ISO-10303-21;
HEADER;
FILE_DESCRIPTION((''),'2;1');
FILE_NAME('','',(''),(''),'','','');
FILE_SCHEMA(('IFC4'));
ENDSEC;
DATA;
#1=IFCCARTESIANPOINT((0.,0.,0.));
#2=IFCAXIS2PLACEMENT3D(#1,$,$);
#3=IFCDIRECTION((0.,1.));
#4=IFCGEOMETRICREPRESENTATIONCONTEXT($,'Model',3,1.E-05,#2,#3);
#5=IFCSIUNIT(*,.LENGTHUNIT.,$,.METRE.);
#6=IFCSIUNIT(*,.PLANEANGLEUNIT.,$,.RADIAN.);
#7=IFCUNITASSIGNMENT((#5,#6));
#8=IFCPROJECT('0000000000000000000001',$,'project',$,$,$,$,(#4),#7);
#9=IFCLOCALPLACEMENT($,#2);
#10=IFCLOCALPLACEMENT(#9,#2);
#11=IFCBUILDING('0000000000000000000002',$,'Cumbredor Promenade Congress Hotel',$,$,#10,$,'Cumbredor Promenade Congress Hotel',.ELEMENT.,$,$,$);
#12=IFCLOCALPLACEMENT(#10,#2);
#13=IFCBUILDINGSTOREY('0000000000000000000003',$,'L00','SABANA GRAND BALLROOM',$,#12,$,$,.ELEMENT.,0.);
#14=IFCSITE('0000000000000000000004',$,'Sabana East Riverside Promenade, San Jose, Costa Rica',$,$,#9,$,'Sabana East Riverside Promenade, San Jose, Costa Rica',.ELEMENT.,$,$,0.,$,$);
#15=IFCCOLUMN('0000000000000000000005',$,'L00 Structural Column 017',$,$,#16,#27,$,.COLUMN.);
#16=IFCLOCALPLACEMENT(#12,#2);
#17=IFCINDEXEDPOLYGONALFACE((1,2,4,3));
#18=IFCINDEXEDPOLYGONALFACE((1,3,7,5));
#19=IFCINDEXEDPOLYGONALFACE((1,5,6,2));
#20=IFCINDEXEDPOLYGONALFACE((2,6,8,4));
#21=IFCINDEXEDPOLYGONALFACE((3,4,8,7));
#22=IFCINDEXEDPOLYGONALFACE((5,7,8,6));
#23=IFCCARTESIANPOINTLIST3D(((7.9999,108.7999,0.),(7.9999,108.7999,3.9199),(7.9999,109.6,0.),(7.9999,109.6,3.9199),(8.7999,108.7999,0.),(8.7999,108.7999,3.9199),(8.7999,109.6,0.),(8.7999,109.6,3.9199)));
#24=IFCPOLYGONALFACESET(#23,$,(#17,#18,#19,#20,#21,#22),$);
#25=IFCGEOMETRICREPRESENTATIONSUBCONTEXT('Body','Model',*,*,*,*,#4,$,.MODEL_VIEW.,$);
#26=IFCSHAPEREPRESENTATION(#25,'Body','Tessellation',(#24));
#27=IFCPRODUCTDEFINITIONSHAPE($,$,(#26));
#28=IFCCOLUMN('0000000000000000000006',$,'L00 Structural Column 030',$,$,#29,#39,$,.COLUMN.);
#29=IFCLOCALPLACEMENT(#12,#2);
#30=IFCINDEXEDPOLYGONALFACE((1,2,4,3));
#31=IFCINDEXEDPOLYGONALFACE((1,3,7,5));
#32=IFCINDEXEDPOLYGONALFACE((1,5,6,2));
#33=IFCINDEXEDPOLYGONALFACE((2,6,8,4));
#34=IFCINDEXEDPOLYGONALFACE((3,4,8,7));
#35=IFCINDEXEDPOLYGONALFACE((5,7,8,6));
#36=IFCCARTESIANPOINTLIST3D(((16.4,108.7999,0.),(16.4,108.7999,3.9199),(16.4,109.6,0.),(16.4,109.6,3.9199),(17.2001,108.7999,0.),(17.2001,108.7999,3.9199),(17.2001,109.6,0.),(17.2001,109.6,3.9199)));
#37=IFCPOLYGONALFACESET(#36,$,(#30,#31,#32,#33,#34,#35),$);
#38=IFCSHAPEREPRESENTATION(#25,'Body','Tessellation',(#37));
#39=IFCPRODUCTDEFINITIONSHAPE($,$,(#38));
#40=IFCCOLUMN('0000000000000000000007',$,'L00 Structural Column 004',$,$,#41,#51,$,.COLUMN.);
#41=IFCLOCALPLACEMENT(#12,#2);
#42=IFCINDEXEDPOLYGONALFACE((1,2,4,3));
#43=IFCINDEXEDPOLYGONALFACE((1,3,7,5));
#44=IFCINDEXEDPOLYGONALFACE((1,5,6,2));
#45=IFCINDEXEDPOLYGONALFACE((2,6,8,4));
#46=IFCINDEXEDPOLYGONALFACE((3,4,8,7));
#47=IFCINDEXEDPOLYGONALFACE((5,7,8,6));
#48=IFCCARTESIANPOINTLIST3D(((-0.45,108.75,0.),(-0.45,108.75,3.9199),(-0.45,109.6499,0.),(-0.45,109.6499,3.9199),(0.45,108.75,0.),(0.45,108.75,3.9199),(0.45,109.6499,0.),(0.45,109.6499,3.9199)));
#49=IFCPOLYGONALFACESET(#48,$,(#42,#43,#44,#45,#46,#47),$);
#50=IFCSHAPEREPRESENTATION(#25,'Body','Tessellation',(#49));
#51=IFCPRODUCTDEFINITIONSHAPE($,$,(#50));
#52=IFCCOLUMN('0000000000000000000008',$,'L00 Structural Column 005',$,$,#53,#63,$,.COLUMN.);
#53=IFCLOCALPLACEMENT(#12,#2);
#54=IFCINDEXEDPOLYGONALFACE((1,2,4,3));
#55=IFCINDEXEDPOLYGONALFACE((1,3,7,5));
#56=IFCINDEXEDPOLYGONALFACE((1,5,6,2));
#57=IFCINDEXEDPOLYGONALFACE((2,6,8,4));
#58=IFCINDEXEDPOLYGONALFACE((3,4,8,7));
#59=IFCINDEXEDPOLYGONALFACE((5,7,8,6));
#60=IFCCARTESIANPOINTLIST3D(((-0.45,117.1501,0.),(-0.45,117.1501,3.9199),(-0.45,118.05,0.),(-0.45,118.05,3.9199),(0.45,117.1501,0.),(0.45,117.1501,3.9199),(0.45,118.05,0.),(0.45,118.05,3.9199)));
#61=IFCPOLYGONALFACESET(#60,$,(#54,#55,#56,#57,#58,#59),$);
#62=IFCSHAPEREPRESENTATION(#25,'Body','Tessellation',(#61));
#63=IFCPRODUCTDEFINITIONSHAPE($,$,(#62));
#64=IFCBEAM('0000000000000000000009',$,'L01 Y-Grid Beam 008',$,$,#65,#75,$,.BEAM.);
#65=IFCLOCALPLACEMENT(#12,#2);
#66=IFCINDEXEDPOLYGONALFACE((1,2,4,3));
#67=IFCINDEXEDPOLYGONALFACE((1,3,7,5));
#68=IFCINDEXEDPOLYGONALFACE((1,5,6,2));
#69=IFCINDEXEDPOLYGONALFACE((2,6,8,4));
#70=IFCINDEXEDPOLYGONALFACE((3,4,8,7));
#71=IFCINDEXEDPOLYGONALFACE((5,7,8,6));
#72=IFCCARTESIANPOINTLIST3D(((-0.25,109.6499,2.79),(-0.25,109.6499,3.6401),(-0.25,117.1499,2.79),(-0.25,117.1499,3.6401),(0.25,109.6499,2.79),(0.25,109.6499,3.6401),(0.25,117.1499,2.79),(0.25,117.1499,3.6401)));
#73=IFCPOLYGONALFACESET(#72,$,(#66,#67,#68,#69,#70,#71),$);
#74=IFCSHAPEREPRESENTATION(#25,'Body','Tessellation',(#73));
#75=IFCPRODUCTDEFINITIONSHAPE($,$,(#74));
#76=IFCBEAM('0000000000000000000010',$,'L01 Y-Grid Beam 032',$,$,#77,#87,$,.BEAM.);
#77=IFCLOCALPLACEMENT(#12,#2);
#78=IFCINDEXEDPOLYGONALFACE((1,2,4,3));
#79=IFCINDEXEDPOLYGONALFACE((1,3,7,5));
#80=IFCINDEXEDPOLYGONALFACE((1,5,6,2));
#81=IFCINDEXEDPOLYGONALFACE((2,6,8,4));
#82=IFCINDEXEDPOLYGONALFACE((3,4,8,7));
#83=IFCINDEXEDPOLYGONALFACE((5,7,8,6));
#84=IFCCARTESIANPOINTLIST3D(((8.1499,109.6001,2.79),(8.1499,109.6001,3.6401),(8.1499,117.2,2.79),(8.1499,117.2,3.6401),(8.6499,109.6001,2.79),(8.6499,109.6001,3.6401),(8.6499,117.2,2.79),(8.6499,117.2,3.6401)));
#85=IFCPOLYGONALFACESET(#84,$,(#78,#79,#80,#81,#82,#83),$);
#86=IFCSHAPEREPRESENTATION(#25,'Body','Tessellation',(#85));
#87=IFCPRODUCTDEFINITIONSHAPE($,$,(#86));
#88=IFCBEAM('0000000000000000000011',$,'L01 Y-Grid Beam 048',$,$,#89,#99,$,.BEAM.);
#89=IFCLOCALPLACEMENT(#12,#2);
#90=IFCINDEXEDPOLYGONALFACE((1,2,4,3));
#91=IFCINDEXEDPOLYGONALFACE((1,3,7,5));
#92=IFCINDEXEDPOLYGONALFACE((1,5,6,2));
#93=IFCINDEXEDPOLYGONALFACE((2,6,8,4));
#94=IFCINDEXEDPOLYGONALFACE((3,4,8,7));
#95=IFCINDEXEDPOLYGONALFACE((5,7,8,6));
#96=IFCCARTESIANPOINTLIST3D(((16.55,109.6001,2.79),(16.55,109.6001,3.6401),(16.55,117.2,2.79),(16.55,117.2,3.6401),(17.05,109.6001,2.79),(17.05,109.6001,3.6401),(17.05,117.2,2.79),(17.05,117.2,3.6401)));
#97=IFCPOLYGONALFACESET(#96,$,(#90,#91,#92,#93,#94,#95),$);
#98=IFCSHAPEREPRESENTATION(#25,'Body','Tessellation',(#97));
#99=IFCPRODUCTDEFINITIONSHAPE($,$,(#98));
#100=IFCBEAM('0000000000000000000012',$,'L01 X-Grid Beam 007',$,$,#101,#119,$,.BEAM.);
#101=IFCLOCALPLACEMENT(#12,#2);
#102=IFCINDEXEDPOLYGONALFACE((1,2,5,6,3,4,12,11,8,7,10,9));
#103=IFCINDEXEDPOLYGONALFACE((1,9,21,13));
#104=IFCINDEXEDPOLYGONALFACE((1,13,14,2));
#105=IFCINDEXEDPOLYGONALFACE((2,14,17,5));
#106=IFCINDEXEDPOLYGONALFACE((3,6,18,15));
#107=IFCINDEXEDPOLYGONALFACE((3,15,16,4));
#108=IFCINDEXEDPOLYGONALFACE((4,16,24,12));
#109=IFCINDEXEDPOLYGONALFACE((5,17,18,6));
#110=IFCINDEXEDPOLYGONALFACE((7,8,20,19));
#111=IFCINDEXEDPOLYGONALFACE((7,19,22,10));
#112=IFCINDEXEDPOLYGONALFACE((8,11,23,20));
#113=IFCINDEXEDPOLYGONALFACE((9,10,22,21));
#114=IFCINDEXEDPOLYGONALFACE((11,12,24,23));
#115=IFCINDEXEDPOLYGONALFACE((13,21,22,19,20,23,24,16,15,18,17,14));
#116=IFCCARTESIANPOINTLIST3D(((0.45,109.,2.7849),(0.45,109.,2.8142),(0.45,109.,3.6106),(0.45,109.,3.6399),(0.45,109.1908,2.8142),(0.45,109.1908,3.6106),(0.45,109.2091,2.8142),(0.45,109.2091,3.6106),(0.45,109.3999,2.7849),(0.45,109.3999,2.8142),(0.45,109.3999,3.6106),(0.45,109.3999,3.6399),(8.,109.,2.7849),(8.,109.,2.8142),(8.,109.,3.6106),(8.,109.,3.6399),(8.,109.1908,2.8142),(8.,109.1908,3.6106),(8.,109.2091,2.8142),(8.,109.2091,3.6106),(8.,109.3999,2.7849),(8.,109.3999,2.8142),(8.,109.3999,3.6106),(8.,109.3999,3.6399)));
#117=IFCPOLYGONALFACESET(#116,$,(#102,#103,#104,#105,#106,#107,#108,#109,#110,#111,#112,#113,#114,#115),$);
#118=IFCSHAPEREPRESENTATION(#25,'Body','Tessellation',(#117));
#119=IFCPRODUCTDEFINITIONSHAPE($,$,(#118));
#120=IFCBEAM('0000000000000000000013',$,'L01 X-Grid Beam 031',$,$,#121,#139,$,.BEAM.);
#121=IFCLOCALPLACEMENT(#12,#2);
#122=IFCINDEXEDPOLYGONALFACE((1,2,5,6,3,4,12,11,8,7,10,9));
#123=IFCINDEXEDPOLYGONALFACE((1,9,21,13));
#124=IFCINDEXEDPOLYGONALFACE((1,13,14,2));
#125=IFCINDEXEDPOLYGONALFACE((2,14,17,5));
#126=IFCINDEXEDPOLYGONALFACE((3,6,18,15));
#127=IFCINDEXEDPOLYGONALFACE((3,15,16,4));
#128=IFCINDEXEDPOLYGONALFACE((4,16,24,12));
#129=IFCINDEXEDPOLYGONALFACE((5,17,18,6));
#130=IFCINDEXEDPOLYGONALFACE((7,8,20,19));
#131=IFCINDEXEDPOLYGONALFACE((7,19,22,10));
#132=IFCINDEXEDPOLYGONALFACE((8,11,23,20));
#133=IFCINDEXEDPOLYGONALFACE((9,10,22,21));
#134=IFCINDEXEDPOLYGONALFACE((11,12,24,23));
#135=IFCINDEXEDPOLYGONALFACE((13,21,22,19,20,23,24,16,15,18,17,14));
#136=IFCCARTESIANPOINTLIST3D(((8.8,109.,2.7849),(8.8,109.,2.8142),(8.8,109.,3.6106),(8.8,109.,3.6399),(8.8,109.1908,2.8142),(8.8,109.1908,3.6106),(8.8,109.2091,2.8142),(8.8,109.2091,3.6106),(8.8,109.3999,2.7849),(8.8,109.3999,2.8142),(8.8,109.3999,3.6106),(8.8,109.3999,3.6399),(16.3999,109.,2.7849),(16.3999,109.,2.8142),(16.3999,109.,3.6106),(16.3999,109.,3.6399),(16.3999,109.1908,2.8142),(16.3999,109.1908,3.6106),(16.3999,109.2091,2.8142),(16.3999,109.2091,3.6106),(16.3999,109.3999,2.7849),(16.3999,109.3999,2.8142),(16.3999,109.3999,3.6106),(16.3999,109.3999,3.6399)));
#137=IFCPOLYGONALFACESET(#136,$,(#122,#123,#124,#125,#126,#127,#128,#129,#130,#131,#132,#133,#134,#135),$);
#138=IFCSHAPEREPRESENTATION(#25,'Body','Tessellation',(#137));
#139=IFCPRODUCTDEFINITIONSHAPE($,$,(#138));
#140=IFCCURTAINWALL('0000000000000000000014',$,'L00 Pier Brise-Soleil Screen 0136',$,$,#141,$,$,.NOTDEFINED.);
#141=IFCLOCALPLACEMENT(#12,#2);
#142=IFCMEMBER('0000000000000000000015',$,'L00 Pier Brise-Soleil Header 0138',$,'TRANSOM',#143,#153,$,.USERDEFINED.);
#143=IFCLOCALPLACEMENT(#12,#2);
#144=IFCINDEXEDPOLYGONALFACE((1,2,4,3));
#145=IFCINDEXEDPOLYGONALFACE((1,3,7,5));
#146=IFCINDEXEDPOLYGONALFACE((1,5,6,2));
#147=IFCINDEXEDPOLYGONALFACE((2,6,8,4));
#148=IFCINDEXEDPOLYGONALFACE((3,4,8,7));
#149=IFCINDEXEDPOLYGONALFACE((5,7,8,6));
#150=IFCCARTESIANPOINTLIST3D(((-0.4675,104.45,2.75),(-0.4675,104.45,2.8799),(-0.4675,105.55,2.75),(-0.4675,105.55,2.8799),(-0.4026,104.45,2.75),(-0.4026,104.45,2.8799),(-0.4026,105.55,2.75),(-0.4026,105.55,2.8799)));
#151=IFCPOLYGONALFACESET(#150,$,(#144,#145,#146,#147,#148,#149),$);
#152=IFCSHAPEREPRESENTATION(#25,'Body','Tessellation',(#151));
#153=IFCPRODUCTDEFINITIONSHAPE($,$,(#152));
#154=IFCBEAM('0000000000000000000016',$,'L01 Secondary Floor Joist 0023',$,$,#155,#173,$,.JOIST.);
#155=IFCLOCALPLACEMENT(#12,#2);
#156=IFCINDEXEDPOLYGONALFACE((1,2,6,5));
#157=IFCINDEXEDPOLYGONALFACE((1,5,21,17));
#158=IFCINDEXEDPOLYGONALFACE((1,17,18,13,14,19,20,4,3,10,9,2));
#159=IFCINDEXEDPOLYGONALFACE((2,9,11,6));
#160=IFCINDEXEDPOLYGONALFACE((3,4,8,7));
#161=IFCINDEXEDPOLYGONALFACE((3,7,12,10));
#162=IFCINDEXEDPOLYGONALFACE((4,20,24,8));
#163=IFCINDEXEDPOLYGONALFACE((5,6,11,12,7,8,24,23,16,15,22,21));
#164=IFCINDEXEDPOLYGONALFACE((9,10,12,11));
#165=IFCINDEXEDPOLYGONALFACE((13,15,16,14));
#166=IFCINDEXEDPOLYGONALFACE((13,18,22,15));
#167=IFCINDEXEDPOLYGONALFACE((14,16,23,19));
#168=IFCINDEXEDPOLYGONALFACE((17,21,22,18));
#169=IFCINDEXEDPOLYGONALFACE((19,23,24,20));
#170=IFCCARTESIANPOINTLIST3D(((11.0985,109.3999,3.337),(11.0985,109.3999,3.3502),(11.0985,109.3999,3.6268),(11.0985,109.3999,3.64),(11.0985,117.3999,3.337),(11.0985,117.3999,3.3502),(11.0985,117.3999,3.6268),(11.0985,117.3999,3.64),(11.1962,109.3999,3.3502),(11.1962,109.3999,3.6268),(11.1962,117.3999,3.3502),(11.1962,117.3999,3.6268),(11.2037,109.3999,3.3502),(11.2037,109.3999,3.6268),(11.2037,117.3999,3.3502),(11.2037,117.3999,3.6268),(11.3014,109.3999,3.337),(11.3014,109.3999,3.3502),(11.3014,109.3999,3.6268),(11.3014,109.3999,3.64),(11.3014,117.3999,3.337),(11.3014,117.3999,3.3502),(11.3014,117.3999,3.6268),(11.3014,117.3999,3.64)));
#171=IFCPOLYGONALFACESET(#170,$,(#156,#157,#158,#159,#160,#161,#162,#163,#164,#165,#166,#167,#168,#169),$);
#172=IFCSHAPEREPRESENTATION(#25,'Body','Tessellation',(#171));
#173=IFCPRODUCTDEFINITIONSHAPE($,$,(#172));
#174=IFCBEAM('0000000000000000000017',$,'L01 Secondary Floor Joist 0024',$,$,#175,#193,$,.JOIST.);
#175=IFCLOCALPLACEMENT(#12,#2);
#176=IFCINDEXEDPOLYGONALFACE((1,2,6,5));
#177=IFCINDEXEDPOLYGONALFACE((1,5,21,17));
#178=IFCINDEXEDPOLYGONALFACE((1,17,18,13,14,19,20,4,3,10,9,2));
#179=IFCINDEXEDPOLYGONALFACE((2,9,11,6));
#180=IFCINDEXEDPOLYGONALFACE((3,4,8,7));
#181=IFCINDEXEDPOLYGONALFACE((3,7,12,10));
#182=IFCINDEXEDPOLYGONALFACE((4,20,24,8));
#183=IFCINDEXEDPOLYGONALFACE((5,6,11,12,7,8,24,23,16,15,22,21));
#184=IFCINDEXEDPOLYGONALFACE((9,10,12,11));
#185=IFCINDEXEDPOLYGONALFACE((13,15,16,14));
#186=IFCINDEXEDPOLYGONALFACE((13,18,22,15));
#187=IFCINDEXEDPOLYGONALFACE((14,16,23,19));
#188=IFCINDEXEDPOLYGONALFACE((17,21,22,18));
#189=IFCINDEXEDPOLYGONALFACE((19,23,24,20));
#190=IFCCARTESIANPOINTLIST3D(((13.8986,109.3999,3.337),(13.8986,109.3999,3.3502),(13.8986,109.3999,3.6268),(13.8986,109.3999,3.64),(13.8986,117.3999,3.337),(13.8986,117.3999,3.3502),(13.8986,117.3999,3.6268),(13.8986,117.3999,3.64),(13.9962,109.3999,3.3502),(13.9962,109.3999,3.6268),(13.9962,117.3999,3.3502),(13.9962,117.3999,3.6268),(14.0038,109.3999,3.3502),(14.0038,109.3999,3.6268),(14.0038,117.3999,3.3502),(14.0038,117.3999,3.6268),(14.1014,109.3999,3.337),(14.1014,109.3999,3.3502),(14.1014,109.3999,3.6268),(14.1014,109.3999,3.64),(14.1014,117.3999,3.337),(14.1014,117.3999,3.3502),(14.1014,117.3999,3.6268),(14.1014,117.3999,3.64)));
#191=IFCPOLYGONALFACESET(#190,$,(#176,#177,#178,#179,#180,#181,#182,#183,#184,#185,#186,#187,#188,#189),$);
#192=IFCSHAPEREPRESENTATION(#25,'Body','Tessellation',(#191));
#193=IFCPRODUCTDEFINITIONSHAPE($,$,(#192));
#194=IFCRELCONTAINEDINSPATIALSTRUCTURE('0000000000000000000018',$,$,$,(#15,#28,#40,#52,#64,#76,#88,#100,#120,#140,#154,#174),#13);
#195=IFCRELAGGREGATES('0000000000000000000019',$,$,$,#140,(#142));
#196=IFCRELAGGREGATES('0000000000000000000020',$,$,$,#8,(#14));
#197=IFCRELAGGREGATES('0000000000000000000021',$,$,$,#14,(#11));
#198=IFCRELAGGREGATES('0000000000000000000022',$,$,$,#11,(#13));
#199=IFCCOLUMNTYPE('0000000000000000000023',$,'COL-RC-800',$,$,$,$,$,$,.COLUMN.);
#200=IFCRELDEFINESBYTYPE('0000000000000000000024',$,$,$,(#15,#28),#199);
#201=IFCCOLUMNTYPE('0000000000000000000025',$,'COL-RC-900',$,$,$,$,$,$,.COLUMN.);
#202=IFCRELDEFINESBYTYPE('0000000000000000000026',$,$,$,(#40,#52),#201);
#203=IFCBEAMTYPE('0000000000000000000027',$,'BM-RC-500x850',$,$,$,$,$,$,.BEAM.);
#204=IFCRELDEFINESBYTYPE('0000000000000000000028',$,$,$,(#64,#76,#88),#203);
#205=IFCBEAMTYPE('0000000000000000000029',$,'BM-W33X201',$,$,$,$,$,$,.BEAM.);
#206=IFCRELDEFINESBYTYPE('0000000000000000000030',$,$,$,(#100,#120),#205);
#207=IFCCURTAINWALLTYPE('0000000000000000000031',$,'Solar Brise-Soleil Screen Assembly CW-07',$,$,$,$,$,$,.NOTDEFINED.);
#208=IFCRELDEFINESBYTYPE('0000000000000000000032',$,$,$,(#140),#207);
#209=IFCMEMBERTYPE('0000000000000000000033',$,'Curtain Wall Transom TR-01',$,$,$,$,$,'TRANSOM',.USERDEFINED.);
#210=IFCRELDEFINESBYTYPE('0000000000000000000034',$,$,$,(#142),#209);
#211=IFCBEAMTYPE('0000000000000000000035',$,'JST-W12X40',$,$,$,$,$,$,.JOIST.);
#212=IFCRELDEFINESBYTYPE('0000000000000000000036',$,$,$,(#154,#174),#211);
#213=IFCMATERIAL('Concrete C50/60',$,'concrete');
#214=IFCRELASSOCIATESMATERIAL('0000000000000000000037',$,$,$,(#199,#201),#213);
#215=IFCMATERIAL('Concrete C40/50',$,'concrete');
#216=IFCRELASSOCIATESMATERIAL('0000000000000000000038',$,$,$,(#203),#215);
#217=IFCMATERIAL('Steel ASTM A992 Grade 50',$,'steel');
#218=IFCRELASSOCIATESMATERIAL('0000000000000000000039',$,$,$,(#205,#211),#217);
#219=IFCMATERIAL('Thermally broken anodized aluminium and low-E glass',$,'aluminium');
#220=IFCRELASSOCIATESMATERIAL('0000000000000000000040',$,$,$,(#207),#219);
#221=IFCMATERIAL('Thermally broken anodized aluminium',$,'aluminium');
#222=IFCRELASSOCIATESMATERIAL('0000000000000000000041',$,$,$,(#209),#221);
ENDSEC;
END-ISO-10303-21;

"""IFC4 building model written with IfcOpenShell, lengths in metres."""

from ifc_helpers import new_model, si_unit, direction, frame, origin, origin_2d, place, context, subcontext, project, spatial, rectangle, i_section, extrude, material, material_profile, profile_set, type_object, element, aggregate, save


model = new_model("IFC4")

# Units and contexts
model_context = context("Model", 3, precision=1e-05, world=origin(), true_north=direction((0.0, 1.0)))
body_context = subcontext(model_context, "Body", "Model", "MODEL_VIEW")
ifc_project = project(units=[si_unit("LENGTHUNIT", "METRE"), si_unit("PLANEANGLEUNIT", "RADIAN")], contexts=[model_context])

# Site, building, storey
site_placement = place(None, origin())
site = spatial("IfcSite", under=ifc_project, at=site_placement, Name="Sabana East Riverside Promenade, San Jose, Costa Rica", LongName="Sabana East Riverside Promenade, San Jose, Costa Rica", CompositionType="ELEMENT", RefElevation=0.0)
building_placement = place(site_placement, origin())
building = spatial("IfcBuilding", under=site, at=building_placement, Name="Cumbredor Promenade Congress Hotel", LongName="Cumbredor Promenade Congress Hotel", CompositionType="ELEMENT")
storey_placement = place(building_placement, origin())
storey = spatial("IfcBuildingStorey", under=building, at=storey_placement, Name="L00", Description="SABANA GRAND BALLROOM", CompositionType="ELEMENT", Elevation=0.0)

# Columns
ifc_material_1 = material(Name="Concrete C50/60", Category="concrete")
ifc_material_profile_1 = material_profile(ifc_material_1, rectangle(XDim=0.8, YDim=0.8, at=origin_2d()), Name="RC 800x800")
ifc_profile_set_1 = profile_set([ifc_material_profile_1], Name="Concrete C50/60")
column_type_1 = type_object("IfcColumnType", Name="COL-RC-800", PredefinedType="COLUMN", material=ifc_profile_set_1)
for number, where, z_axis, x_axis, name in (
    (1, (8.3999, 109.2, 0.0), (0.0, 0.0, 1.0), (1.0, 0.0, 0.0), "L00 Structural Column 017"),
    (2, (16.8, 109.2, 0.0), (0.0, 0.0, 1.0), (1.0, 0.0, 0.0), "L00 Structural Column 030"),
):
    element("IfcColumn", number, at=place(storey_placement, frame(where, z_axis=z_axis, x_axis=x_axis)), inside=storey, type_object=column_type_1, Name=name, PredefinedType="COLUMN", context=body_context, shape_type="SweptSolid", body=[
        extrude(rectangle(XDim=0.8, YDim=0.8, at=origin_2d()), origin(), (0.0, 0.0, 1.0), 3.9199),
    ])
ifc_material_profile_2 = material_profile(ifc_material_1, rectangle(XDim=0.8999, YDim=0.8999, at=origin_2d()), Name="RC 900x900")
ifc_profile_set_2 = profile_set([ifc_material_profile_2], Name="Concrete C50/60")
column_type_2 = type_object("IfcColumnType", Name="COL-RC-900", PredefinedType="COLUMN", material=ifc_profile_set_2)
for number, where, z_axis, x_axis, name in (
    (3, (0.0, 109.2, 0.0), (0.0, 0.0, 1.0), (1.0, 0.0, 0.0), "L00 Structural Column 004"),
    (4, (0.0, 117.6001, 0.0), (0.0, 0.0, 1.0), (1.0, 0.0, 0.0), "L00 Structural Column 005"),
):
    element("IfcColumn", number, at=place(storey_placement, frame(where, z_axis=z_axis, x_axis=x_axis)), inside=storey, type_object=column_type_2, Name=name, PredefinedType="COLUMN", context=body_context, shape_type="SweptSolid", body=[
        extrude(rectangle(XDim=0.8999, YDim=0.8999, at=origin_2d()), origin(), (0.0, 0.0, 1.0), 3.9199),
    ])

# Beams
ifc_material_2 = material(Name="Concrete C40/50", Category="concrete")
ifc_material_profile_3 = material_profile(ifc_material_2, rectangle(XDim=0.5, YDim=0.8501, at=origin_2d()), Name="RC BEAM 500x850")
ifc_profile_set_3 = profile_set([ifc_material_profile_3], Name="Concrete C40/50")
beam_type_1 = type_object("IfcBeamType", Name="BM-RC-500x850", PredefinedType="BEAM", material=ifc_profile_set_3)
beam_1_placement = place(storey_placement, frame((0.0, 109.6499, 3.2151), z_axis=(0.0, 1.0, 0.0), x_axis=(-1.0, 0.0, 0.0)))
element("IfcBeam", 5, at=beam_1_placement, inside=storey, type_object=beam_type_1, Name="L01 Y-Grid Beam 008", PredefinedType="BEAM", context=body_context, shape_type="SweptSolid", body=[
    extrude(rectangle(XDim=0.5, YDim=0.8501, at=origin_2d()), origin(), (0.0, 0.0, 1.0), 7.5),
])
for number, where, z_axis, x_axis, name in (
    (6, (8.3999, 109.6001, 3.2151), (0.0, 1.0, 0.0), (-1.0, 0.0, 0.0), "L01 Y-Grid Beam 032"),
    (7, (16.8, 109.6001, 3.2151), (0.0, 1.0, 0.0), (-1.0, 0.0, 0.0), "L01 Y-Grid Beam 048"),
):
    element("IfcBeam", number, at=place(storey_placement, frame(where, z_axis=z_axis, x_axis=x_axis)), inside=storey, type_object=beam_type_1, Name=name, PredefinedType="BEAM", context=body_context, shape_type="SweptSolid", body=[
        extrude(rectangle(XDim=0.5, YDim=0.8501, at=origin_2d()), origin(), (0.0, 0.0, 1.0), 7.5999),
    ])
ifc_material_3 = material(Name="Steel ASTM A992 Grade 50", Category="steel")
ifc_material_profile_4 = material_profile(ifc_material_3, i_section(OverallWidth=0.3999, OverallDepth=0.855, WebThickness=0.0183, FlangeThickness=0.0293, at=origin_2d()), Name="W33X201")
ifc_profile_set_4 = profile_set([ifc_material_profile_4], Name="Steel ASTM A992 Grade 50")
beam_type_2 = type_object("IfcBeamType", Name="BM-W33X201", PredefinedType="BEAM", material=ifc_profile_set_4)
beam_2_placement = place(storey_placement, frame((0.45, 109.2, 3.2124), z_axis=(1.0, 0.0, 0.0), x_axis=(0.0, 1.0, 0.0)))
element("IfcBeam", 8, at=beam_2_placement, inside=storey, type_object=beam_type_2, Name="L01 X-Grid Beam 007", PredefinedType="BEAM", context=body_context, shape_type="SweptSolid", body=[
    extrude(i_section(OverallWidth=0.3999, OverallDepth=0.855, WebThickness=0.0183, FlangeThickness=0.0293, at=origin_2d()), origin(), (0.0, 0.0, 1.0), 7.55),
])
beam_3_placement = place(storey_placement, frame((8.8, 109.2, 3.2124), z_axis=(1.0, 0.0, 0.0), x_axis=(0.0, 1.0, 0.0)))
element("IfcBeam", 9, at=beam_3_placement, inside=storey, type_object=beam_type_2, Name="L01 X-Grid Beam 031", PredefinedType="BEAM", context=body_context, shape_type="SweptSolid", body=[
    extrude(i_section(OverallWidth=0.3999, OverallDepth=0.855, WebThickness=0.0183, FlangeThickness=0.0293, at=origin_2d()), origin(), (0.0, 0.0, 1.0), 7.5999),
])

# Curtain wall, member
ifc_material_4 = material(Name="Thermally broken anodized aluminium and low-E glass", Category="aluminium")
curtain_wall_type = type_object("IfcCurtainWallType", Name="Solar Brise-Soleil Screen Assembly CW-07", PredefinedType="NOTDEFINED", material=ifc_material_4)
curtain_wall_placement = place(storey_placement, origin())
curtain_wall = element("IfcCurtainWall", 10, at=curtain_wall_placement, inside=storey, type_object=curtain_wall_type, Name="L00 Pier Brise-Soleil Screen 0136", PredefinedType="NOTDEFINED")
ifc_material_5 = material(Name="Thermally broken anodized aluminium", Category="aluminium")
ifc_material_profile_5 = material_profile(ifc_material_5, rectangle(XDim=0.0649, YDim=0.1299, at=origin_2d()), Name="ALU TRANSOM 65x130")
ifc_profile_set_5 = profile_set([ifc_material_profile_5], Name="Thermally broken anodized aluminium")
member_type_1 = type_object("IfcMemberType", Name="Curtain Wall Transom TR-01", ElementType="TRANSOM", PredefinedType="USERDEFINED", material=ifc_profile_set_5)
member_1_placement = place(storey_placement, frame((-0.4351, 104.45, 2.8149), z_axis=(0.0, 1.0, 0.0), x_axis=(-1.0, 0.0, 0.0)))
member_1 = element("IfcMember", 11, at=member_1_placement, type_object=member_type_1, Name="L00 Pier Brise-Soleil Header 0138", ObjectType="TRANSOM", PredefinedType="USERDEFINED", context=body_context, shape_type="SweptSolid", body=[
    extrude(rectangle(XDim=0.0649, YDim=0.1299, at=origin_2d()), origin(), (0.0, 0.0, 1.0), 1.1001),
])

# Beams
ifc_material_profile_6 = material_profile(ifc_material_3, i_section(OverallWidth=0.2029, OverallDepth=0.303, WebThickness=0.0076, FlangeThickness=0.0132, at=origin_2d()), Name="W12X40")
ifc_profile_set_6 = profile_set([ifc_material_profile_6], Name="Steel ASTM A992 Grade 50")
beam_type_3 = type_object("IfcBeamType", Name="JST-W12X40", PredefinedType="JOIST", material=ifc_profile_set_6)
for number, where, z_axis, x_axis, name in (
    (12, (11.2, 109.3999, 3.4885), (0.0, 1.0, 0.0), (-1.0, 0.0, 0.0), "L01 Secondary Floor Joist 0023"),
    (13, (14.0, 109.3999, 3.4885), (0.0, 1.0, 0.0), (-1.0, 0.0, 0.0), "L01 Secondary Floor Joist 0024"),
):
    element("IfcBeam", number, at=place(storey_placement, frame(where, z_axis=z_axis, x_axis=x_axis)), inside=storey, type_object=beam_type_3, Name=name, PredefinedType="JOIST", context=body_context, shape_type="SweptSolid", body=[
        extrude(i_section(OverallWidth=0.2029, OverallDepth=0.303, WebThickness=0.0076, FlangeThickness=0.0132, at=origin_2d()), origin(), (0.0, 0.0, 1.0), 8.0),
    ])

aggregate(curtain_wall, [member_1])

save(model, "model.ifc")
